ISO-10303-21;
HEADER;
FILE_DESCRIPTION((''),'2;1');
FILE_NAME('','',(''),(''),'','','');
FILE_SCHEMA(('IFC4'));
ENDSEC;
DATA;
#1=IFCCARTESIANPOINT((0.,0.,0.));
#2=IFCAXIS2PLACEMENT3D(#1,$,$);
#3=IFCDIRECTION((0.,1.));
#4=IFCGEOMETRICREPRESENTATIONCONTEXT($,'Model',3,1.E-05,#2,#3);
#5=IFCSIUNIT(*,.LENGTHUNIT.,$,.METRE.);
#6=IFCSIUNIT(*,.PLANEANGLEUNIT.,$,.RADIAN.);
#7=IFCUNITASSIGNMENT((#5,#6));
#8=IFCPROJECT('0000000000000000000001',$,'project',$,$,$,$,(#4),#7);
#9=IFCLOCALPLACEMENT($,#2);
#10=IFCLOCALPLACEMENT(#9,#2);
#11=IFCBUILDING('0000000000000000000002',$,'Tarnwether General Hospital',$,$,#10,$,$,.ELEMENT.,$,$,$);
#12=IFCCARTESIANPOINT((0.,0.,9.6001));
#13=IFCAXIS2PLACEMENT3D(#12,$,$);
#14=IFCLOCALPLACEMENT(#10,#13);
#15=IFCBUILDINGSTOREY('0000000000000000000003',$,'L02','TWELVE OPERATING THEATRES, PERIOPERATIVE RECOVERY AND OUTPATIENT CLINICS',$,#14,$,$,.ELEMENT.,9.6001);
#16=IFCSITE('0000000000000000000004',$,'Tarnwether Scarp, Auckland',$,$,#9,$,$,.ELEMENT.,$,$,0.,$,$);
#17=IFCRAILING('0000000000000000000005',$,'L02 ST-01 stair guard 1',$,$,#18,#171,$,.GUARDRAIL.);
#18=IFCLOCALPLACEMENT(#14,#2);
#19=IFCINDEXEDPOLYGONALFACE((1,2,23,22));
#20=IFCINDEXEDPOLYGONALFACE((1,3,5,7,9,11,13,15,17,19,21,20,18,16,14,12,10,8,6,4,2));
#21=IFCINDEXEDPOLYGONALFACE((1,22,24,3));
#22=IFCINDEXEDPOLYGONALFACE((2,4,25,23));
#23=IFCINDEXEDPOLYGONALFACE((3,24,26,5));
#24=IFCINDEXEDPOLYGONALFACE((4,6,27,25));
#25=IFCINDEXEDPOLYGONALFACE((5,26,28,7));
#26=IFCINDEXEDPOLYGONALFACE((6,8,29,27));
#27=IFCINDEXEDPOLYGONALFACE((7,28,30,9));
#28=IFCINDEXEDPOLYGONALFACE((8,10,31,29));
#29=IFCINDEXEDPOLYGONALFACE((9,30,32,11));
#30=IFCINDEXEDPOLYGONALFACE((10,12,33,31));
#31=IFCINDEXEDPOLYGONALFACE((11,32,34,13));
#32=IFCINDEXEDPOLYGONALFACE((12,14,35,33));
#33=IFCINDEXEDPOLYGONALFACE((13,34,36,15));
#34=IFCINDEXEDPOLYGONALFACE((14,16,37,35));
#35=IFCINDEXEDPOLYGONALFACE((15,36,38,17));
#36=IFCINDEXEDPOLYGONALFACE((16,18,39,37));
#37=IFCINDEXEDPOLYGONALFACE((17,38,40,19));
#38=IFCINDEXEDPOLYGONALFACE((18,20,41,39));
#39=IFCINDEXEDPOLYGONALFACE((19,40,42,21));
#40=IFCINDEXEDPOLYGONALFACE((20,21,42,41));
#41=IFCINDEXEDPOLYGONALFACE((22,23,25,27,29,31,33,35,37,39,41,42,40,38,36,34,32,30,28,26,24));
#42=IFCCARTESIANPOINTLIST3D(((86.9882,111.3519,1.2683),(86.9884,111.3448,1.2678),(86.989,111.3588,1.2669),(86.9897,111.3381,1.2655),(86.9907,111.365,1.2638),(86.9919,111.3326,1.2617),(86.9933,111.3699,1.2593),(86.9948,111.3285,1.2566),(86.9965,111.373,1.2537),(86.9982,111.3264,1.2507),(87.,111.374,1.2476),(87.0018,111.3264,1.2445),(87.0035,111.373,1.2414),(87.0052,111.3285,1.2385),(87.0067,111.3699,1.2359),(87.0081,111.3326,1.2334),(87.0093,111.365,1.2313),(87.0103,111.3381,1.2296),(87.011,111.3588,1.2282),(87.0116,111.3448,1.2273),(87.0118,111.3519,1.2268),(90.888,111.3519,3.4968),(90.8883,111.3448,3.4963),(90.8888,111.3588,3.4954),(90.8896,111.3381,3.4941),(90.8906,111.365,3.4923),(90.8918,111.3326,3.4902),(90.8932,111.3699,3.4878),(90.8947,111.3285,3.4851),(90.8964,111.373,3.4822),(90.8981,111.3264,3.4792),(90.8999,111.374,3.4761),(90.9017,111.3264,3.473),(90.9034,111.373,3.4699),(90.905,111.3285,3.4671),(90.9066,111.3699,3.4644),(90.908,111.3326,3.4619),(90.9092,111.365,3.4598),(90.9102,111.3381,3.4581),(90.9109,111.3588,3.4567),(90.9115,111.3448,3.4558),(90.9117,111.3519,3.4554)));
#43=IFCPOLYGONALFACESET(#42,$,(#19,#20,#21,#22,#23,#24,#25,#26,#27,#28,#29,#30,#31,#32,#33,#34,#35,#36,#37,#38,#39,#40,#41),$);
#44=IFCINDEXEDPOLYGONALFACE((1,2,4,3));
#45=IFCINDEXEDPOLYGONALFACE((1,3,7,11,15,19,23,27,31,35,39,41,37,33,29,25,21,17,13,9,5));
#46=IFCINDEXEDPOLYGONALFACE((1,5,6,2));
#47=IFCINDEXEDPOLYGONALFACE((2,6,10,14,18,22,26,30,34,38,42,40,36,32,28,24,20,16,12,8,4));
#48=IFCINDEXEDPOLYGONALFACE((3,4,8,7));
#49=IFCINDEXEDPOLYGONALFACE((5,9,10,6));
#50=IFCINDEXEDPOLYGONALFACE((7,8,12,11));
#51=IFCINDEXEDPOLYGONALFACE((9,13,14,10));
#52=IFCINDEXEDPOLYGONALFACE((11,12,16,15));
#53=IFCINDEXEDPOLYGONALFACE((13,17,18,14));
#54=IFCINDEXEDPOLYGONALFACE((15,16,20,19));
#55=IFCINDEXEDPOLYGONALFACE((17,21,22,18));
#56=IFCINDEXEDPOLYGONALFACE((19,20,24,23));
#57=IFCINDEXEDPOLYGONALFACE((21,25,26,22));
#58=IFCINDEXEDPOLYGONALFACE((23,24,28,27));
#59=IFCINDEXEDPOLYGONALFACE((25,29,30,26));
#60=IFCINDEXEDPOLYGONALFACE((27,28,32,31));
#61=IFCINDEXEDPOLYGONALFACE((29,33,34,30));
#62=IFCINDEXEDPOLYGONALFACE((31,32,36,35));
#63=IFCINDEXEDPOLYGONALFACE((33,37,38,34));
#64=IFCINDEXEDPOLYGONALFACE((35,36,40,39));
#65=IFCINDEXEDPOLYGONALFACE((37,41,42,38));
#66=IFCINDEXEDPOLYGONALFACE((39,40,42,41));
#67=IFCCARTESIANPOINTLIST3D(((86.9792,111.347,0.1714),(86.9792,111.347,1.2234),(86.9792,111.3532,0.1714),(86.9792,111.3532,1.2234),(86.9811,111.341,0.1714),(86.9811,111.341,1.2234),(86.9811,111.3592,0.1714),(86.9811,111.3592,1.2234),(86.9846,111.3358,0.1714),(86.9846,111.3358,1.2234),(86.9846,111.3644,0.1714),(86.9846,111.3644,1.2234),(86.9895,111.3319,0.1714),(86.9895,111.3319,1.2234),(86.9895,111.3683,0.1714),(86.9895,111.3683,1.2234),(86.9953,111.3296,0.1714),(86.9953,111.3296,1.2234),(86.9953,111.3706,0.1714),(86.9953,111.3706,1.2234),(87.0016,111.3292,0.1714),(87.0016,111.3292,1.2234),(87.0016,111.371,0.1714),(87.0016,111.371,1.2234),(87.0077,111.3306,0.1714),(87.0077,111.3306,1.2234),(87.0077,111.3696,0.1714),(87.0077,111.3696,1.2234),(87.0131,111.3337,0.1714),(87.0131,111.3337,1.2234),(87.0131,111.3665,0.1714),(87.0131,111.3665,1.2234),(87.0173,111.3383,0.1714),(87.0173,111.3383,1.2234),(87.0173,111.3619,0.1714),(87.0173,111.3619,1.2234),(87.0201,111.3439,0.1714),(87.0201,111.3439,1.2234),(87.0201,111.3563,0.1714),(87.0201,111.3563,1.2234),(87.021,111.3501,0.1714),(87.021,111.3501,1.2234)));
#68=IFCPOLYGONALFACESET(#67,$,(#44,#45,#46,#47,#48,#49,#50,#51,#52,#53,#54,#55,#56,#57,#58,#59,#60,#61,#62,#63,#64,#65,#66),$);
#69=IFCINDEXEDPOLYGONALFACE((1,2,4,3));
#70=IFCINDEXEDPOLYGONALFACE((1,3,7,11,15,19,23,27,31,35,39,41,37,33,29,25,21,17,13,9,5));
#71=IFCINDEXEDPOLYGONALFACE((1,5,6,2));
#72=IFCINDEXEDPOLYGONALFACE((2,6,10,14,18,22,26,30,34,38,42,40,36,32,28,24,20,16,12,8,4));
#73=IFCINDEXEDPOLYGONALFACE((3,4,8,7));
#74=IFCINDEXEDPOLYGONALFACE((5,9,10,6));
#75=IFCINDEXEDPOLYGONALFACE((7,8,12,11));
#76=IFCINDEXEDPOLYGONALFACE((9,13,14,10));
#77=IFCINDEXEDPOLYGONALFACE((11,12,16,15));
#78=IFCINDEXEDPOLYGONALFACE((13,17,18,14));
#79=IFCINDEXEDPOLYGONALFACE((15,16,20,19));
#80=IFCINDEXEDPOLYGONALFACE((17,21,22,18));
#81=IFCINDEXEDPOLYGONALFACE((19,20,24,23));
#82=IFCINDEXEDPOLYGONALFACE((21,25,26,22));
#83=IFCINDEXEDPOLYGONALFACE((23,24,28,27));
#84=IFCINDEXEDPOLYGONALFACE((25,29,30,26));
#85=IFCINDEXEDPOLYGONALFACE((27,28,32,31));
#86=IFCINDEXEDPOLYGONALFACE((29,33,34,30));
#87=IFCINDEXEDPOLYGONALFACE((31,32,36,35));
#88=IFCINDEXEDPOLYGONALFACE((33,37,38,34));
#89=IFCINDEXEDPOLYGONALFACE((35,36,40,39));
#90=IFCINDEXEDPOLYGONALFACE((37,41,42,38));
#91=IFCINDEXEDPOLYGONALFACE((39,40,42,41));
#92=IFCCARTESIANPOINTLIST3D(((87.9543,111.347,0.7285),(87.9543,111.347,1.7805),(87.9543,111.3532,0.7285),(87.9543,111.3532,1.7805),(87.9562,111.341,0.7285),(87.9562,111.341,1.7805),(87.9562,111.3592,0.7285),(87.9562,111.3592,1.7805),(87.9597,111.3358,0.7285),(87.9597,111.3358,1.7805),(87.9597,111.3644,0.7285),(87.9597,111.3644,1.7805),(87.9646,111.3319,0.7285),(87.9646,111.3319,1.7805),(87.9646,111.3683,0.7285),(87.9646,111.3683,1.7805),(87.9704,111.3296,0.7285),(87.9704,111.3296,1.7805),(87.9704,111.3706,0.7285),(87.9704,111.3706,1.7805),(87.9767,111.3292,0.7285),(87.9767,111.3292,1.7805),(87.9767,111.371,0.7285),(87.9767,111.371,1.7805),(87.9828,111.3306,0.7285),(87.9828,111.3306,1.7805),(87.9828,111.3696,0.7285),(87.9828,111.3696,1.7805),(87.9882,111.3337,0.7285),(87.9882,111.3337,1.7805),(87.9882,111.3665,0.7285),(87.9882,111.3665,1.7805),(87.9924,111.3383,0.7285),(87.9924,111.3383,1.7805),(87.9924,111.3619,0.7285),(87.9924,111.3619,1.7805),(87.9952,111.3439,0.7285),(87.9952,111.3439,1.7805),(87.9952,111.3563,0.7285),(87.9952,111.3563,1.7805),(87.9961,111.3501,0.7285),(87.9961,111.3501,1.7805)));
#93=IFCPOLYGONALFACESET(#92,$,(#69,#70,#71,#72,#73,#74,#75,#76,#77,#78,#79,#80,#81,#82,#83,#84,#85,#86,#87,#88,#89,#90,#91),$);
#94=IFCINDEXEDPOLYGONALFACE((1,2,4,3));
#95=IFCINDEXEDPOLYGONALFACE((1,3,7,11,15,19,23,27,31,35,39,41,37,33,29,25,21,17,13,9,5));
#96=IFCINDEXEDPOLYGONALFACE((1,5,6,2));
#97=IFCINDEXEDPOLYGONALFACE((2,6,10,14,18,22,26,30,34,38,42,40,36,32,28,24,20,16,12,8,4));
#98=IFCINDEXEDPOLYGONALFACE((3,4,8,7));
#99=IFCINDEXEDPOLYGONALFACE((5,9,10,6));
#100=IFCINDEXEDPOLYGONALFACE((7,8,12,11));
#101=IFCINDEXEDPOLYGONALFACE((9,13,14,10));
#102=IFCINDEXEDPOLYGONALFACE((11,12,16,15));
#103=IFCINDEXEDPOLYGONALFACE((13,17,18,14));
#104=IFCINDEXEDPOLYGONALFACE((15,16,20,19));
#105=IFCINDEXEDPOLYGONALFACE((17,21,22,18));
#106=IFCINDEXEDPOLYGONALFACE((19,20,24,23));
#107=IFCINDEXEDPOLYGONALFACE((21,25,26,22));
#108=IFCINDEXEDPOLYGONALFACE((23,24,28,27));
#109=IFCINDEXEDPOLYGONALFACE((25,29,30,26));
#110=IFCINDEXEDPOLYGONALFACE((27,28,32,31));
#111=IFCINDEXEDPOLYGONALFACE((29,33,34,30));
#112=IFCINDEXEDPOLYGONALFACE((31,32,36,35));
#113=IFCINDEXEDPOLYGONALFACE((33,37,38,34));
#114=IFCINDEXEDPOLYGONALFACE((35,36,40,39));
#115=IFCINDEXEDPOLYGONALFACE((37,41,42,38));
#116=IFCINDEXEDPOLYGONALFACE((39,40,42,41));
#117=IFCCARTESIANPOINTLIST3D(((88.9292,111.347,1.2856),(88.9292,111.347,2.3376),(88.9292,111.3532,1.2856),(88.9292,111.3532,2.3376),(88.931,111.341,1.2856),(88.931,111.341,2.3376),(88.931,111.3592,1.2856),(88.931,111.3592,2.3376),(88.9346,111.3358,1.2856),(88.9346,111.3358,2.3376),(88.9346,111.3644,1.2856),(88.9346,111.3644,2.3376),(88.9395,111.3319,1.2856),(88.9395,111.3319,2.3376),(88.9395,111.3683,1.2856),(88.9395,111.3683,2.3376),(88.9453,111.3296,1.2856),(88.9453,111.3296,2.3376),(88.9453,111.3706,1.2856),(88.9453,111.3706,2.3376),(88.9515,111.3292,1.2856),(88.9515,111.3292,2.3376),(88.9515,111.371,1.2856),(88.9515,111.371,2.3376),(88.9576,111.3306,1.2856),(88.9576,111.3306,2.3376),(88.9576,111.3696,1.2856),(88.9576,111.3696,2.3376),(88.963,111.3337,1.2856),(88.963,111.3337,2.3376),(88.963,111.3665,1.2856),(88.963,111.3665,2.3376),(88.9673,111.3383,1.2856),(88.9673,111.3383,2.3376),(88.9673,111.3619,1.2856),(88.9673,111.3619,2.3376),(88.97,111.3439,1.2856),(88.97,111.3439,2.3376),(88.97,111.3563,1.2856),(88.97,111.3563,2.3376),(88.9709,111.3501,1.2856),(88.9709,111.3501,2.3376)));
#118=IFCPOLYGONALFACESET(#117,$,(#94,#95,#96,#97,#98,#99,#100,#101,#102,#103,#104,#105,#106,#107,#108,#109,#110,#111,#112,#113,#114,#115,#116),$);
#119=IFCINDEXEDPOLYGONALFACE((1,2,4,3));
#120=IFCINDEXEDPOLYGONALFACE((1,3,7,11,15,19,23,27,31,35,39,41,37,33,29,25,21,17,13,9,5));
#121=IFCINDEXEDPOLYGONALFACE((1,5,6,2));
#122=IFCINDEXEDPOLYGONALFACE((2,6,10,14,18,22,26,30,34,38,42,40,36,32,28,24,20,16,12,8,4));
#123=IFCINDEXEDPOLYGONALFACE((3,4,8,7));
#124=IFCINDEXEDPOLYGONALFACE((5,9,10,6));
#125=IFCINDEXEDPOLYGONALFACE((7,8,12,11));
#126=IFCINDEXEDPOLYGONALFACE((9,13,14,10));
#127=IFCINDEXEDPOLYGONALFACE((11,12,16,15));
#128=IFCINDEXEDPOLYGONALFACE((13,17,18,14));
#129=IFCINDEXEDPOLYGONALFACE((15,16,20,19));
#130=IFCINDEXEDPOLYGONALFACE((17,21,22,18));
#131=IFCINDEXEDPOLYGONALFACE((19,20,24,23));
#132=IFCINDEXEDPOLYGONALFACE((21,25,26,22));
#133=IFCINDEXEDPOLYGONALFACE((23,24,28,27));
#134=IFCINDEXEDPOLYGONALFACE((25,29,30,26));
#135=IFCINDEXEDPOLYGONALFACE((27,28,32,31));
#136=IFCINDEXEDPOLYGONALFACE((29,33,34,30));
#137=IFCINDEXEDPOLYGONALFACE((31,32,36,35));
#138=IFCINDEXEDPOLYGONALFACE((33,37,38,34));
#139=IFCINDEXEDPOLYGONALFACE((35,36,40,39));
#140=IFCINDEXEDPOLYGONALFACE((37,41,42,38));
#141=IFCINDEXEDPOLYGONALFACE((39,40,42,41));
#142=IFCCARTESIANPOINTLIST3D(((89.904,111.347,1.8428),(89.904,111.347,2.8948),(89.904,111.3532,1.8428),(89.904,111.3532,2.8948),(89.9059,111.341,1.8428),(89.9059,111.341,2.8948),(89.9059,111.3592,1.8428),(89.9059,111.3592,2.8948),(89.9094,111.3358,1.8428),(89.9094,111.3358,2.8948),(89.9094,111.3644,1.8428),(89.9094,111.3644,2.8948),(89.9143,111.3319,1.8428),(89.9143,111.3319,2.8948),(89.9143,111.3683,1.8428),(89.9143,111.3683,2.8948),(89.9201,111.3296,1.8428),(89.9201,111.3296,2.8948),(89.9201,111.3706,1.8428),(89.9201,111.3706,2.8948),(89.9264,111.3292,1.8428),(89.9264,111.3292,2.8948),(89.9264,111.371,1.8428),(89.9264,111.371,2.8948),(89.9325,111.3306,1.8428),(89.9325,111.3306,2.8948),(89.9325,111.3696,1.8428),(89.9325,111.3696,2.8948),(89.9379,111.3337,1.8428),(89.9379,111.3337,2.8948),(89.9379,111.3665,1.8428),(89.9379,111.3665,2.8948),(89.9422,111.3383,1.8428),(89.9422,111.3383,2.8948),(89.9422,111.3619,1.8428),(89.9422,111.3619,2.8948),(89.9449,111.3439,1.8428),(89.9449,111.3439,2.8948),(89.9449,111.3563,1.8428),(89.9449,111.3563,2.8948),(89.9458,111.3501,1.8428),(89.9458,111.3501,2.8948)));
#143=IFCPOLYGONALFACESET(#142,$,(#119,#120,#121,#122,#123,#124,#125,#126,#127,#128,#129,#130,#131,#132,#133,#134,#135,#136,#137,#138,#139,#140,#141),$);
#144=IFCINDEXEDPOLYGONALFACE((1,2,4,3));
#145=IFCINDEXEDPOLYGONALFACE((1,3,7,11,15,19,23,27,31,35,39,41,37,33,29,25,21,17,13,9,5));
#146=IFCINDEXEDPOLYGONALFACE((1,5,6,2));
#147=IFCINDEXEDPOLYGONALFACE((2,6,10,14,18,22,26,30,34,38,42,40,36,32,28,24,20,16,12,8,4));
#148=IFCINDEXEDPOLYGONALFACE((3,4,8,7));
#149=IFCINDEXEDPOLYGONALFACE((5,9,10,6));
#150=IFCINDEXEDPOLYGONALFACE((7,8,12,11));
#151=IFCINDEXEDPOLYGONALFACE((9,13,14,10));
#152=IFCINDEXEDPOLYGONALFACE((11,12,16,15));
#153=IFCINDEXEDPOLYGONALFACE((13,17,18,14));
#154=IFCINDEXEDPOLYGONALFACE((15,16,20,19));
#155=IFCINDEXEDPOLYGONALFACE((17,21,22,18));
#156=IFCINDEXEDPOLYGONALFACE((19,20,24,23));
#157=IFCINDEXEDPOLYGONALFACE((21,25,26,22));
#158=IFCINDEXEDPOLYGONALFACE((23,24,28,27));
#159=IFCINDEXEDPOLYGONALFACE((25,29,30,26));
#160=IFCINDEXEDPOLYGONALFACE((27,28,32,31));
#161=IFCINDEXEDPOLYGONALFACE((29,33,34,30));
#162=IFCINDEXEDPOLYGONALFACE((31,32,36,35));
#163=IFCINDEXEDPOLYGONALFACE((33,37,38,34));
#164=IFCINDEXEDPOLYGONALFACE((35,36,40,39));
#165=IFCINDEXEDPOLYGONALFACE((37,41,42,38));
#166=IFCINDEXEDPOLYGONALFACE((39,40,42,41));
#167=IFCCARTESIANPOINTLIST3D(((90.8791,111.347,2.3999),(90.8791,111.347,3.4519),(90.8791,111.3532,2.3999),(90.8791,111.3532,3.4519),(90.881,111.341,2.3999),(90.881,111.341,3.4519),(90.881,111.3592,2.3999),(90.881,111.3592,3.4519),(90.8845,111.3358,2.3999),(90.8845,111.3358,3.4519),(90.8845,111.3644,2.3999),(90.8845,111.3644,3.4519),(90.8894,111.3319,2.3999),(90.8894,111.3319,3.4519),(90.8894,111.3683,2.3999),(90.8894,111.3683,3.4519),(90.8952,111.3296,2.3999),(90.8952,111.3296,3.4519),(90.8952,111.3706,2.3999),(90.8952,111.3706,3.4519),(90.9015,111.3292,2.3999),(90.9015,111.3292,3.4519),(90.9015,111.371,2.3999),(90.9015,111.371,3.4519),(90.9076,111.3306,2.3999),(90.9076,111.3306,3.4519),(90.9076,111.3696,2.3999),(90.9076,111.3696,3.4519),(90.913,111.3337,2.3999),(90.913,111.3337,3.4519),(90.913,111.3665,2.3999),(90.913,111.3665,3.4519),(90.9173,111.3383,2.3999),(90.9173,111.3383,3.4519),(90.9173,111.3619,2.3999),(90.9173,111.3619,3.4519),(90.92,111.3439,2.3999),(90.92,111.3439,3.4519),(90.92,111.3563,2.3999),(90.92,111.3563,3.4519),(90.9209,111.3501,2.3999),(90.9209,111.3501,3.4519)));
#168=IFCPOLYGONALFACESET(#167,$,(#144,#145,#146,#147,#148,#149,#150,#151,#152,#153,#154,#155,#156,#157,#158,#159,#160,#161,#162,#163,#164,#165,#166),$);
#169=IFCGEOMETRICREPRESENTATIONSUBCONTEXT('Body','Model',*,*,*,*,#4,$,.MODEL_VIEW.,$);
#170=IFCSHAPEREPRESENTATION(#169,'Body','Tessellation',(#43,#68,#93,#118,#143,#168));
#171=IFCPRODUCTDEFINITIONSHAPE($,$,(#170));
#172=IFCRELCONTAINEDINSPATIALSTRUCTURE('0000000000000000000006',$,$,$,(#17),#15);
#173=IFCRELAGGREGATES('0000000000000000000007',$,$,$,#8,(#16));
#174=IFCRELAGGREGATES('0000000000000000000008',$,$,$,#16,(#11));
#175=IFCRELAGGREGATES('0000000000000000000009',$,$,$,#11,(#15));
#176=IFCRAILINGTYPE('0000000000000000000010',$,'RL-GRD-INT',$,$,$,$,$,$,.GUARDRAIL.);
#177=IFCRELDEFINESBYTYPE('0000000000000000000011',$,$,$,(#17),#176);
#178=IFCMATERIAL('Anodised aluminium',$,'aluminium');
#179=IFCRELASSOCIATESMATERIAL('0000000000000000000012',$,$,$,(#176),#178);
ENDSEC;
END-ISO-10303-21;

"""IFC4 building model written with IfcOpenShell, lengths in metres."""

from ifc_helpers import new_model, si_unit, direction, frame, origin, origin_2d, place, context, subcontext, project, spatial, circle, extrude, material, type_object, element, save


model = new_model("IFC4")

# Units and contexts
model_context = context("Model", 3, precision=1e-05, world=origin(), true_north=direction((0.0, 1.0)))
body_context = subcontext(model_context, "Body", "Model", "MODEL_VIEW")
ifc_project = project(units=[si_unit("LENGTHUNIT", "METRE"), si_unit("PLANEANGLEUNIT", "RADIAN")], contexts=[model_context])

# Site, building, storey
site_placement = place(None, origin())
site = spatial("IfcSite", under=ifc_project, at=site_placement, Name="Tarnwether Scarp, Auckland", CompositionType="ELEMENT", RefElevation=0.0)
building_placement = place(site_placement, origin())
building = spatial("IfcBuilding", under=site, at=building_placement, Name="Tarnwether General Hospital", CompositionType="ELEMENT")
storey_placement = place(building_placement, frame((0.0, 0.0, 9.6001)))
storey = spatial("IfcBuildingStorey", under=building, at=storey_placement, Name="L02", Description="TWELVE OPERATING THEATRES, PERIOPERATIVE RECOVERY AND OUTPATIENT CLINICS", CompositionType="ELEMENT", Elevation=9.6001)

# Railing
ifc_material_1 = material(Name="Anodised aluminium", Category="aluminium")
railing_type_1 = type_object("IfcRailingType", Name="RL-GRD-INT", PredefinedType="GUARDRAIL", material=ifc_material_1)
railing_1_placement = place(storey_placement, frame((87.0, 111.3501, 0.1714)))
element("IfcRailing", 1, at=railing_1_placement, inside=storey, type_object=railing_type_1, Name="L02 ST-01 stair guard 1", PredefinedType="GUARDRAIL", context=body_context, shape_type="SweptSolid", body=[
    extrude(circle(Radius=0.0239, at=origin_2d()), frame((0.0, 0.0, 1.0762), z_axis=(0.868243, 0.0, 0.496139), x_axis=(0.0, 1.0, 0.0)), (0.0, 0.0, 1.0), 4.4917),
    extrude(circle(Radius=0.021, at=origin_2d()), origin(), (0.0, 0.0, 1.0), 1.052),
    extrude(circle(Radius=0.021, at=origin_2d()), frame((0.9751, 0.0, 0.5571)), (0.0, 0.0, 1.0), 1.052),
    extrude(circle(Radius=0.021, at=origin_2d()), frame((1.95, 0.0, 1.1143)), (0.0, 0.0, 1.0), 1.052),
    extrude(circle(Radius=0.021, at=origin_2d()), frame((2.9248, 0.0, 1.6714)), (0.0, 0.0, 1.0), 1.052),
    extrude(circle(Radius=0.021, at=origin_2d()), frame((3.8999, 0.0, 2.2285)), (0.0, 0.0, 1.0), 1.052),
])

save(model, "model.ifc")
